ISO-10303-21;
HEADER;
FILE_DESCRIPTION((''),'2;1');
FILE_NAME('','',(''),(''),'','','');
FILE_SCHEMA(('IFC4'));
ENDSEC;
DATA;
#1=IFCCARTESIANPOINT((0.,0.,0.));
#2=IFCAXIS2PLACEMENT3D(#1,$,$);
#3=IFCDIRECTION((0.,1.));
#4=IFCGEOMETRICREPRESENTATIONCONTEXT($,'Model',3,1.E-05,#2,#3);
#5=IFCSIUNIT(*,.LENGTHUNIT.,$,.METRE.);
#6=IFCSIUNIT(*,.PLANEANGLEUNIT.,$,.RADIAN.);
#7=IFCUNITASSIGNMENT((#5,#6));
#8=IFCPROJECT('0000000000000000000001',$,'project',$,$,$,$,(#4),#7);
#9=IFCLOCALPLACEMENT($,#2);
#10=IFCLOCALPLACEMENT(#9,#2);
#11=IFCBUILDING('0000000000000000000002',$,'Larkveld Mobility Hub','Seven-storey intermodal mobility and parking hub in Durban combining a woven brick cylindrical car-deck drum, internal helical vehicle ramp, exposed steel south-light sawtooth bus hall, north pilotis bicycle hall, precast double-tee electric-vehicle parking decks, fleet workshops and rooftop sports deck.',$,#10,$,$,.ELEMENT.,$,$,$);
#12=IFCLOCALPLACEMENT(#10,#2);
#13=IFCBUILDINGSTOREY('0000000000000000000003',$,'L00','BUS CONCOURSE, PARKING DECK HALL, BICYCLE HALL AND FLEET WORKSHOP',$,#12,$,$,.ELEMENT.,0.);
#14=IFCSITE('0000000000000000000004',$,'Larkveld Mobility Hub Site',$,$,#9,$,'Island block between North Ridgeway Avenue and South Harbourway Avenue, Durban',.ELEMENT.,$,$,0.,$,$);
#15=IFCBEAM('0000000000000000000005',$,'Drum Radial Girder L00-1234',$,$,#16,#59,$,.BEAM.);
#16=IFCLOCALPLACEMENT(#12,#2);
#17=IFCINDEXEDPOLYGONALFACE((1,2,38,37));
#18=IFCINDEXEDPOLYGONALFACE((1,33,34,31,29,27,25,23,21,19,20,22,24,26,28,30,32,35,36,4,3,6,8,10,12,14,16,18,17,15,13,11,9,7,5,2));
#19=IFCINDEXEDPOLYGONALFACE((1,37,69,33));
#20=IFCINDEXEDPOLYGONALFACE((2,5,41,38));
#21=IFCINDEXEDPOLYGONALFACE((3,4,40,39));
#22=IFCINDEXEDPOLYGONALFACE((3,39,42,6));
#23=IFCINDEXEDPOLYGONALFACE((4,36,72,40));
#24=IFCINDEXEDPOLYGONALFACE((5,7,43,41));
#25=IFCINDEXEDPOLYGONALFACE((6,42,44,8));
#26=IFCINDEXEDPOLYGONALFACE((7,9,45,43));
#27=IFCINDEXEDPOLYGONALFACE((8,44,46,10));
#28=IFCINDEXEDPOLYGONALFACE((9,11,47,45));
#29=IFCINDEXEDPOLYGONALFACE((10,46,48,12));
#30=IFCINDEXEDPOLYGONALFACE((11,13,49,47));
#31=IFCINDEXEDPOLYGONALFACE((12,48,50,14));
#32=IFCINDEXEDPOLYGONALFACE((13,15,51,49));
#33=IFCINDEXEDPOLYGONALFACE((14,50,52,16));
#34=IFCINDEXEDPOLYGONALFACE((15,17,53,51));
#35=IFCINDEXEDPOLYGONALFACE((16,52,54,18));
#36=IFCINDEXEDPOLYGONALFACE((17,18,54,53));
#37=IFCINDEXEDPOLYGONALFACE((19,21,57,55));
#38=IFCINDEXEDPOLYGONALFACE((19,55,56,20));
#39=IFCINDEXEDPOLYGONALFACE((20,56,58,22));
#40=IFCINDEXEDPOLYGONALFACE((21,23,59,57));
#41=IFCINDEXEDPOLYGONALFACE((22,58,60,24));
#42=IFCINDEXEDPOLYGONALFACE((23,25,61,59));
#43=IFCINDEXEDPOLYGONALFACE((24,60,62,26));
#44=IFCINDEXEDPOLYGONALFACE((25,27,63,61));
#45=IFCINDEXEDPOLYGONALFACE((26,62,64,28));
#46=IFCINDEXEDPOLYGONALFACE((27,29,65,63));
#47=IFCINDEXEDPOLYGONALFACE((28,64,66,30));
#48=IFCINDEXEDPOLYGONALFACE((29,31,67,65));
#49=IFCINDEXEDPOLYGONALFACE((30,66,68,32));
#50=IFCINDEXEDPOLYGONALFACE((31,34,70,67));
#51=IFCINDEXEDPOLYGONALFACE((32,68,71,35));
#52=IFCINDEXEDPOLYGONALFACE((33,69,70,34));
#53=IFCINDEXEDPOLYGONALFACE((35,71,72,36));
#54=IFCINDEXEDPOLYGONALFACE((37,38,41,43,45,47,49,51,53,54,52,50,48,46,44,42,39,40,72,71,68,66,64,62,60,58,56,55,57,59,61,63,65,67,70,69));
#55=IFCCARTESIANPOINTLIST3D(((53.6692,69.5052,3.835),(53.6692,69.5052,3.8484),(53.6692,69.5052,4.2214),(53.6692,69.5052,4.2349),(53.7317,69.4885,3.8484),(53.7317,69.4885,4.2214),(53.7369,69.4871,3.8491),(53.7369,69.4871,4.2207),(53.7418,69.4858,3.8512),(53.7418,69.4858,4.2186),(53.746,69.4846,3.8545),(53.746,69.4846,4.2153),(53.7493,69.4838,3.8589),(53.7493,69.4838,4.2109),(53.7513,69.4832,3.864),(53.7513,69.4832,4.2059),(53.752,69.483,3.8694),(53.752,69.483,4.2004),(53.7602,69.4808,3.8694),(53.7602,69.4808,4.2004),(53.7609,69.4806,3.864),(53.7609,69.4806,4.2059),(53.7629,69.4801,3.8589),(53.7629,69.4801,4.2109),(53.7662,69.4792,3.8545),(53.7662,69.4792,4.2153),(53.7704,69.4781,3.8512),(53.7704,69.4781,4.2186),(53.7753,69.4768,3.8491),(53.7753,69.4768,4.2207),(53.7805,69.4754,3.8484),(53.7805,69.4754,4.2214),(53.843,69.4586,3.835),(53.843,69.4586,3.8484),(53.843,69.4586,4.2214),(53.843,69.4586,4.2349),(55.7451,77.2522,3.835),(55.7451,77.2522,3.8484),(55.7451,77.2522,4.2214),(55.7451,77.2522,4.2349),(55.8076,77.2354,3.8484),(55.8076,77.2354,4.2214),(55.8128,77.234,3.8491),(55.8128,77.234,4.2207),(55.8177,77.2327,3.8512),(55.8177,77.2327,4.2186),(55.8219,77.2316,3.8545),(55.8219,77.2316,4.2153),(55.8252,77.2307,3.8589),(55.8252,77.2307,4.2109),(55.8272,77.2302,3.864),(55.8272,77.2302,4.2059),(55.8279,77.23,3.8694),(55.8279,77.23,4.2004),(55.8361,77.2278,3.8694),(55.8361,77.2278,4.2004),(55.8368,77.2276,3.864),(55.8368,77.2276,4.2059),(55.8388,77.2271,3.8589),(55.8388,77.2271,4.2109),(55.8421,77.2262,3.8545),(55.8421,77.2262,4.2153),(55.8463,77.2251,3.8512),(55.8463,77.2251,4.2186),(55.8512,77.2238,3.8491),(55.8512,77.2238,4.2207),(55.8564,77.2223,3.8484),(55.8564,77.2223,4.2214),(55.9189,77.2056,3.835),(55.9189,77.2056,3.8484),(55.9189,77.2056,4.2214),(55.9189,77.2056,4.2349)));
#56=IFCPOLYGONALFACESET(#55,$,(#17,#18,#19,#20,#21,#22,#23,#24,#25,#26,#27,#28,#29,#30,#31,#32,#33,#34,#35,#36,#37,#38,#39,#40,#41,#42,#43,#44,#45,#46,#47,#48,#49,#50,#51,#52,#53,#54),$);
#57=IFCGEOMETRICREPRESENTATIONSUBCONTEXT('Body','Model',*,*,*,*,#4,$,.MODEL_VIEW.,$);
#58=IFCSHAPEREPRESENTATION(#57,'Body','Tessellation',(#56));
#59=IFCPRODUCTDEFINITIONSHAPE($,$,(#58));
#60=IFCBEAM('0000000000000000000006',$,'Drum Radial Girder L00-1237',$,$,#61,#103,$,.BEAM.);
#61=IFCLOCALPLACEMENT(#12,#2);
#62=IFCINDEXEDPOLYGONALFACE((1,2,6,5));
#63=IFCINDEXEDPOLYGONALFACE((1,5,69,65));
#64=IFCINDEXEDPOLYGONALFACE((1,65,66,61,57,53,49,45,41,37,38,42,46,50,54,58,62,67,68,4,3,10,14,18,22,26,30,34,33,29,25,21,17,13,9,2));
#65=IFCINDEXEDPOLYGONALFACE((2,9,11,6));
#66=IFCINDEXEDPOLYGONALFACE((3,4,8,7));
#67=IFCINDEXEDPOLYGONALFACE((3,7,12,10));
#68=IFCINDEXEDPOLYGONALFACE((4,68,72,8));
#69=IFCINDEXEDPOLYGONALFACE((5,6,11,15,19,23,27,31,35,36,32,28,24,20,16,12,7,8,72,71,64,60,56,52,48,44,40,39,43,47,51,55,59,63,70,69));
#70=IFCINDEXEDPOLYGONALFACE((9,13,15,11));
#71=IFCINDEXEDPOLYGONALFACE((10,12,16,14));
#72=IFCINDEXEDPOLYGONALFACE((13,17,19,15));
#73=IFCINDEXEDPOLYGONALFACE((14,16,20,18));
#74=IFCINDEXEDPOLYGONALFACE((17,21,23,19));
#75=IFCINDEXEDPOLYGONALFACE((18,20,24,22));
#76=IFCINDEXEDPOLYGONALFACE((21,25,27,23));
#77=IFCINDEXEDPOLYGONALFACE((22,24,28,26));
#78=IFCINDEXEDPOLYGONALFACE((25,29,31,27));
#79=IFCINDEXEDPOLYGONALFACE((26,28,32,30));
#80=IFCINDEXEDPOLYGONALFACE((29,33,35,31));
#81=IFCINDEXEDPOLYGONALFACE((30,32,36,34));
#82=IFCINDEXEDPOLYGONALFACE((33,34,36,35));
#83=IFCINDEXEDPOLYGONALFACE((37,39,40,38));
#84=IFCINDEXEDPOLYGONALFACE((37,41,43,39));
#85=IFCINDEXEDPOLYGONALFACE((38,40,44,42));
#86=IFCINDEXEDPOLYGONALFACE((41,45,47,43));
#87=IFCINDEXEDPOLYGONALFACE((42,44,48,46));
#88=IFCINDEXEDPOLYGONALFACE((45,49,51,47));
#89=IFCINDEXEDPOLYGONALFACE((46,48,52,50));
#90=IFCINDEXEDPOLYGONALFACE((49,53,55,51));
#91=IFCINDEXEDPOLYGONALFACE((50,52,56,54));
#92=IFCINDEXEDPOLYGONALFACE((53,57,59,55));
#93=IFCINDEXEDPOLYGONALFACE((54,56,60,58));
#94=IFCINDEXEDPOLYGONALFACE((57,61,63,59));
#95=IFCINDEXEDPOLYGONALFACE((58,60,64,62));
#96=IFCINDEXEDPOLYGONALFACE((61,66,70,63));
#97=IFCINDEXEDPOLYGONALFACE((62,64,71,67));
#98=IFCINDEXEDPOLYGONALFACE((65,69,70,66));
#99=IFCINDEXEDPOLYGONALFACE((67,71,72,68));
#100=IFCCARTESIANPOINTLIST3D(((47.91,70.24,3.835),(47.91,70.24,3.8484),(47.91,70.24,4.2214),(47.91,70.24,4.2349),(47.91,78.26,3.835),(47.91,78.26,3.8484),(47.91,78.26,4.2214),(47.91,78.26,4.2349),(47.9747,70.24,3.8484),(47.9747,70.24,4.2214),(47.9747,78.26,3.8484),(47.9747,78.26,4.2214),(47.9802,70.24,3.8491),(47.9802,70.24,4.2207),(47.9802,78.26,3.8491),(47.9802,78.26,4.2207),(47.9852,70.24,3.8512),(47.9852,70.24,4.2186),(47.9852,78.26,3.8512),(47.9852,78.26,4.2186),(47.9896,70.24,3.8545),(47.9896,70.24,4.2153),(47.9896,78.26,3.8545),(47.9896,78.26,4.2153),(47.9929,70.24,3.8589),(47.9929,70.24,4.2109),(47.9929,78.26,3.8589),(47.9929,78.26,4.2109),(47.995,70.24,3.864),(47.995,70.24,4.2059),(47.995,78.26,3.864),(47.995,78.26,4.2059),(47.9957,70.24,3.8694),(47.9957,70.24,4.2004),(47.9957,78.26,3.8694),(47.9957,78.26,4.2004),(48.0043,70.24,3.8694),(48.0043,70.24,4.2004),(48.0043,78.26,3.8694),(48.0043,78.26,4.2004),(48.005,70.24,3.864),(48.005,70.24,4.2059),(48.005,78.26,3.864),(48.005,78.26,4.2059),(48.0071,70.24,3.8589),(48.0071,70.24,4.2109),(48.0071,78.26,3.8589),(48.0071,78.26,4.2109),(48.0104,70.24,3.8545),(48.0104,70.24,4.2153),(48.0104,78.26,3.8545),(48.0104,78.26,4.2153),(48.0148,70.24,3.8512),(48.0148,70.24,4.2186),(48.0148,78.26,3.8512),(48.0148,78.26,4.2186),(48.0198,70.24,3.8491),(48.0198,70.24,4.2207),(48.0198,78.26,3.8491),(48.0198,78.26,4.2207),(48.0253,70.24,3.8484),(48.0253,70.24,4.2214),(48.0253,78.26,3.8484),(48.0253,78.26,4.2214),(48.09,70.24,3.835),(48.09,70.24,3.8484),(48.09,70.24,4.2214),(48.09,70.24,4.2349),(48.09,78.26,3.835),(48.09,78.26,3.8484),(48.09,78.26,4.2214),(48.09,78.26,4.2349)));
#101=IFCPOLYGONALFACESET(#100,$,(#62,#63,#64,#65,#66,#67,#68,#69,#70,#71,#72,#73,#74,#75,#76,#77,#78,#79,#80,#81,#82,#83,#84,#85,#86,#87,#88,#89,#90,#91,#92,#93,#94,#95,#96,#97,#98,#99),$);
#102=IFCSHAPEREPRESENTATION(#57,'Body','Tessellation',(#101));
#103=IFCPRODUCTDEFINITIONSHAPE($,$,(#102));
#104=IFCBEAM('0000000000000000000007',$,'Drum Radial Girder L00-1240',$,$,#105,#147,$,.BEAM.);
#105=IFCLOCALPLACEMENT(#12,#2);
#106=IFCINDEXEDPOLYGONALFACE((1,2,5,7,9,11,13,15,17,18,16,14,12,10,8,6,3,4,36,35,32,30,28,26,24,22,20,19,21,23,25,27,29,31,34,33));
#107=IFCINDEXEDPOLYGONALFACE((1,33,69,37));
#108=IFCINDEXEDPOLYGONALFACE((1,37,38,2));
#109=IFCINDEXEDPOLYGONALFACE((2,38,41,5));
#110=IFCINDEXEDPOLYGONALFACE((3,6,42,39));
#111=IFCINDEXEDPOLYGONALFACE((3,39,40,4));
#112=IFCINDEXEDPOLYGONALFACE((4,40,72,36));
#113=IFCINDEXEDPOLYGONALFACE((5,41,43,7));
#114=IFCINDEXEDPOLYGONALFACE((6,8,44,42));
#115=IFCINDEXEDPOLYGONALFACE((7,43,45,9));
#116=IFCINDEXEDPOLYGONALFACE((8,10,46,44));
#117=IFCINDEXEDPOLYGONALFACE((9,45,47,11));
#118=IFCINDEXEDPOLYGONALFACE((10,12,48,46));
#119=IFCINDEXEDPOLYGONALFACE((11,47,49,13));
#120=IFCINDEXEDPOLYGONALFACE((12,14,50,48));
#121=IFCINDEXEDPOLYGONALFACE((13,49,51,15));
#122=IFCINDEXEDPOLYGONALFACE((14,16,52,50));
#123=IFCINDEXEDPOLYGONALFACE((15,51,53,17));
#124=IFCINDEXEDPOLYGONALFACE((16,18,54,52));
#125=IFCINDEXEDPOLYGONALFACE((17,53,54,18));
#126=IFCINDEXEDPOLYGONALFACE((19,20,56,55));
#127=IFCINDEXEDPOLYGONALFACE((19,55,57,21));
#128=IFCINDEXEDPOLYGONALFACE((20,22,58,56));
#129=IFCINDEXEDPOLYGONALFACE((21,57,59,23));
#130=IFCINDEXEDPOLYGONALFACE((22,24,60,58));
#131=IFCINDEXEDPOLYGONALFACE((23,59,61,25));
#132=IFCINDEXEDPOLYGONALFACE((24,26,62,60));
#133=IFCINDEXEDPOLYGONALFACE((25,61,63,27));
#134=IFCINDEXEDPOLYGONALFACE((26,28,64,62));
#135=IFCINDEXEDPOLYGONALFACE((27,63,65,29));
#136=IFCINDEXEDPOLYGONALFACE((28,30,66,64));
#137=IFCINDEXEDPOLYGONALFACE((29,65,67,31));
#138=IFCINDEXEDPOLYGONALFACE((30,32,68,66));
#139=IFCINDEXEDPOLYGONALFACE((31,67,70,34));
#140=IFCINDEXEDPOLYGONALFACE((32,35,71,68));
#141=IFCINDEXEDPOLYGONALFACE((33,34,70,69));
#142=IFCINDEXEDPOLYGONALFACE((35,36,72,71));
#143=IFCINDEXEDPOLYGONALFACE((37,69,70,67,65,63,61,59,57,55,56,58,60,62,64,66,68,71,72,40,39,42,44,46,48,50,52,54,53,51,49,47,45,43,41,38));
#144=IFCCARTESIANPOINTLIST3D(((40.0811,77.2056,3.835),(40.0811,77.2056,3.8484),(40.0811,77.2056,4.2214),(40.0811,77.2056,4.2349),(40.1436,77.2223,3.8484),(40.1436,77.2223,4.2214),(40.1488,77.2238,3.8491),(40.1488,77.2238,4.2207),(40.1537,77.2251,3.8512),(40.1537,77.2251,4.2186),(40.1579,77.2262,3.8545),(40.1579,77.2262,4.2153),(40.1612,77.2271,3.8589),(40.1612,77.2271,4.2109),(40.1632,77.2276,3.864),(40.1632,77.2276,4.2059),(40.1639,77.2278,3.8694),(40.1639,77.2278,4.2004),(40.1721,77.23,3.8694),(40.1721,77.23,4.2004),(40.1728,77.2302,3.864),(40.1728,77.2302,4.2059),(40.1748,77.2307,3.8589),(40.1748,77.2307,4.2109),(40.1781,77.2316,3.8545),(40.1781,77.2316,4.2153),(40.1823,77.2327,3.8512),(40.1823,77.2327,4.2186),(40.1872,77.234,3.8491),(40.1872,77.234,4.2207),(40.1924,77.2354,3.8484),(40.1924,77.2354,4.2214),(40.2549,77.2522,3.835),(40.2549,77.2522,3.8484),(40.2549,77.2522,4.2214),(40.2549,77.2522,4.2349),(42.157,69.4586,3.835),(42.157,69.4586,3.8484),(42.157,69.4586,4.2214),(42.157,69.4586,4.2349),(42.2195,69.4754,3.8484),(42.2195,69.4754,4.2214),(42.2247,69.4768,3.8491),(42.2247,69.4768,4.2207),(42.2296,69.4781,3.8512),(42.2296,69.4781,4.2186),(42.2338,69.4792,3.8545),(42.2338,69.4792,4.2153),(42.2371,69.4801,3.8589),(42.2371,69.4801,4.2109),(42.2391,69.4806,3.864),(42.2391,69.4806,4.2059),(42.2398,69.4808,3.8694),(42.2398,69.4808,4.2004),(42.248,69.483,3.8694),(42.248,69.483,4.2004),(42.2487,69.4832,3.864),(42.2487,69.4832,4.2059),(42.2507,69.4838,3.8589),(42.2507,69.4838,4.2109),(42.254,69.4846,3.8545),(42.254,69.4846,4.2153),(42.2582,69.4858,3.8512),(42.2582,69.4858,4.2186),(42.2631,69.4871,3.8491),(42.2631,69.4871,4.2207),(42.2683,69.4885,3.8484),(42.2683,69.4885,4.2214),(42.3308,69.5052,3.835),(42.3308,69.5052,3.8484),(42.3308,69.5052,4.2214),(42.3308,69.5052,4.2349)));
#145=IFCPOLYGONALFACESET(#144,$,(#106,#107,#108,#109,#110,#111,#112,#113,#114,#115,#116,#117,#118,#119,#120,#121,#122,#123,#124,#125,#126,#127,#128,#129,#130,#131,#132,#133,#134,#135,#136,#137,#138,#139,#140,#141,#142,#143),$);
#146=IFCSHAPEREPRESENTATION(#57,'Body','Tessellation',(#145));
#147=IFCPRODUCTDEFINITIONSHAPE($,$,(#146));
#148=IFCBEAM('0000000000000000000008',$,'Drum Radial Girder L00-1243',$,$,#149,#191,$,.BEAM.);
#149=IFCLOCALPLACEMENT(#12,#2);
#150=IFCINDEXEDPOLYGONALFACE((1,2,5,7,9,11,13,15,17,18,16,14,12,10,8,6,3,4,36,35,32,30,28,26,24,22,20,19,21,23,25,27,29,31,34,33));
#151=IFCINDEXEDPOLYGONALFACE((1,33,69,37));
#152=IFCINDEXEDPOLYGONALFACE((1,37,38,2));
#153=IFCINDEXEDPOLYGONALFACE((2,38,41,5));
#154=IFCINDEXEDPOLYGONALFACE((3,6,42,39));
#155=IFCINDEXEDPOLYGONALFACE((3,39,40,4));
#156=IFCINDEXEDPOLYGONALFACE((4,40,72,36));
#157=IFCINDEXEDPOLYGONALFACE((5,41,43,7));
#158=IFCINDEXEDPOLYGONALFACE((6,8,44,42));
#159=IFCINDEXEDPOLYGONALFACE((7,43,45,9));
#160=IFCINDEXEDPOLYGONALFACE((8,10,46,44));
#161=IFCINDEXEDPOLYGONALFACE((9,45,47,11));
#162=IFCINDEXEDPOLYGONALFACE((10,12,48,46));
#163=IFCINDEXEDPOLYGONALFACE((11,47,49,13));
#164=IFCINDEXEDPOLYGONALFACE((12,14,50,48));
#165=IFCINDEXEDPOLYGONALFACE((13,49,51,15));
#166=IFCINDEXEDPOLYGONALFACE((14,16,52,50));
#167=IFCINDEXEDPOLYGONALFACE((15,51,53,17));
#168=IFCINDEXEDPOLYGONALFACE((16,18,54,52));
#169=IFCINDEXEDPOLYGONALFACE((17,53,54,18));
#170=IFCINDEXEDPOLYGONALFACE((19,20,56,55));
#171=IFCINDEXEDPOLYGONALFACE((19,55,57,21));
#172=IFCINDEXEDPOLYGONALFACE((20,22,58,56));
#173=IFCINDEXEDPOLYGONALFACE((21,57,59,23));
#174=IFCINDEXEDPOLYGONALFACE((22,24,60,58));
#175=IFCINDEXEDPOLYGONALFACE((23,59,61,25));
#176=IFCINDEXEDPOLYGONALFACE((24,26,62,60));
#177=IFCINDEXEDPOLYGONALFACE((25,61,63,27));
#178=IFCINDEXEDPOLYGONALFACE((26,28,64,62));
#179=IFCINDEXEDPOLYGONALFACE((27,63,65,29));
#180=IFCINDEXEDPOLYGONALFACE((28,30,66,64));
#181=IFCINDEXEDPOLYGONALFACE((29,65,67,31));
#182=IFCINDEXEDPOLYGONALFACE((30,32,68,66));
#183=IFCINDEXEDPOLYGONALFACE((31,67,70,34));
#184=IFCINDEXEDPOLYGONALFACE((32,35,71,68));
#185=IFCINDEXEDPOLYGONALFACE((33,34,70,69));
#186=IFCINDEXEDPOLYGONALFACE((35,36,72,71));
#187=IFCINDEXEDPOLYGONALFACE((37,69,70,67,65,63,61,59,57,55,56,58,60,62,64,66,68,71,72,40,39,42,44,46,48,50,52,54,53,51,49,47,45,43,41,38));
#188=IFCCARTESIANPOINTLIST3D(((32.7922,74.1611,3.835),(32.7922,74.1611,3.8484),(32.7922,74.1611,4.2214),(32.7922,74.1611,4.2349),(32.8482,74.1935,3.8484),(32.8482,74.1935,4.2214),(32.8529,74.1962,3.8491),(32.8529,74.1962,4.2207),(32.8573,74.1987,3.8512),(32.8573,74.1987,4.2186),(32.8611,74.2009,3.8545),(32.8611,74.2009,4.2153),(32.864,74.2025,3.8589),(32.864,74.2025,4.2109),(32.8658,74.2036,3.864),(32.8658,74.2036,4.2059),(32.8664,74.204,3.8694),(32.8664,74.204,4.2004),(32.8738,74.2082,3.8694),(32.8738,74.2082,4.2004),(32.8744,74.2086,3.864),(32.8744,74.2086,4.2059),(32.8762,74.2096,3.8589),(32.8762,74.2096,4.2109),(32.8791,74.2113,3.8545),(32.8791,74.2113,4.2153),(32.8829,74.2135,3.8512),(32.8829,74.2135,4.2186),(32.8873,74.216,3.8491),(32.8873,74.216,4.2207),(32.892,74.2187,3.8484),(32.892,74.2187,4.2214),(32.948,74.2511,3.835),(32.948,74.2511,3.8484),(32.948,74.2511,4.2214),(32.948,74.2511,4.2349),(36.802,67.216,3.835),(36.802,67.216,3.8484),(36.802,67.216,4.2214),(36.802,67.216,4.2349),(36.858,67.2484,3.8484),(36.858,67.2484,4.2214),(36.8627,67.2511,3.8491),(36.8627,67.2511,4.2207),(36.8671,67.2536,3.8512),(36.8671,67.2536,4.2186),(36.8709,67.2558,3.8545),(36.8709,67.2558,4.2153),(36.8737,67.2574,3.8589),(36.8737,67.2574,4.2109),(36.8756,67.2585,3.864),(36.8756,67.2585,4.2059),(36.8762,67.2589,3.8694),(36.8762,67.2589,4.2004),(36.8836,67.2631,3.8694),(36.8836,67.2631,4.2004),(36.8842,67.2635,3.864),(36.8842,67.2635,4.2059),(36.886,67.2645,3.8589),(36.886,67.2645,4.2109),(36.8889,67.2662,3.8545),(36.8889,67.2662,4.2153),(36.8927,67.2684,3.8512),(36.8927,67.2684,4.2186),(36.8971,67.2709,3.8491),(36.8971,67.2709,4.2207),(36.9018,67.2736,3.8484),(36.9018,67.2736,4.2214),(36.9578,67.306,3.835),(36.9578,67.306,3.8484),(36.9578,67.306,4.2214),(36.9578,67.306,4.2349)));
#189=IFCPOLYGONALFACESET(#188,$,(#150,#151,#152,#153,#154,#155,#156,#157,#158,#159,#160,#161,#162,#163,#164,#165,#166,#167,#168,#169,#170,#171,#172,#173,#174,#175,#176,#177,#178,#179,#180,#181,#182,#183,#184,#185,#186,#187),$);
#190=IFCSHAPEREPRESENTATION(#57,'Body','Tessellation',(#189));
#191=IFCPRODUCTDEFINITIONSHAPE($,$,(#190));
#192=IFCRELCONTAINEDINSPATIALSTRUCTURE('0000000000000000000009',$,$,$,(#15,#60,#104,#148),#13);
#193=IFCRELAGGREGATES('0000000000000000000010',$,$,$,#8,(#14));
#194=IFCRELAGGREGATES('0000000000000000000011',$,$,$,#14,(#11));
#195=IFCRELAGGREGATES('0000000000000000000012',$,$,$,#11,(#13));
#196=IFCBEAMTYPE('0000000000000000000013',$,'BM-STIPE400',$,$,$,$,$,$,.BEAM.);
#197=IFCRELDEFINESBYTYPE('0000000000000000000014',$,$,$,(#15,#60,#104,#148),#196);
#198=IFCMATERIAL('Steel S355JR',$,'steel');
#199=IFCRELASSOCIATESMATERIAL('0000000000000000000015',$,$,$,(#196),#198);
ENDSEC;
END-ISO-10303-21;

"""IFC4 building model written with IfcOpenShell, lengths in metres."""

from ifc_helpers import new_model, si_unit, direction, frame, origin, origin_2d, place, context, subcontext, project, spatial, i_section, extrude, material, material_profile, profile_set, type_object, element, save


model = new_model("IFC4")

# Units and contexts
model_context = context("Model", 3, precision=1e-05, world=origin(), true_north=direction((0.0, 1.0)))
body_context = subcontext(model_context, "Body", "Model", "MODEL_VIEW")
ifc_project = project(units=[si_unit("LENGTHUNIT", "METRE"), si_unit("PLANEANGLEUNIT", "RADIAN")], contexts=[model_context])

# Site, building, storey
site_placement = place(None, origin())
site = spatial("IfcSite", under=ifc_project, at=site_placement, Name="Larkveld Mobility Hub Site", LongName="Island block between North Ridgeway Avenue and South Harbourway Avenue, Durban", CompositionType="ELEMENT", RefElevation=0.0)
building_placement = place(site_placement, origin())
building = spatial("IfcBuilding", under=site, at=building_placement, Name="Larkveld Mobility Hub", Description="Seven-storey intermodal mobility and parking hub in Durban combining a woven brick cylindrical car-deck drum, internal helical vehicle ramp, exposed steel south-light sawtooth bus hall, north pilotis bicycle hall, precast double-tee electric-vehicle parking decks, fleet workshops and rooftop sports deck.", CompositionType="ELEMENT")
storey_placement = place(building_placement, origin())
storey = spatial("IfcBuildingStorey", under=building, at=storey_placement, Name="L00", Description="BUS CONCOURSE, PARKING DECK HALL, BICYCLE HALL AND FLEET WORKSHOP", CompositionType="ELEMENT", Elevation=0.0)

# Beams
ifc_material_1 = material(Name="Steel S355JR", Category="steel")
ifc_material_profile_1 = material_profile(ifc_material_1, i_section(OverallWidth=0.1799, OverallDepth=0.3999, WebThickness=0.0085, FlangeThickness=0.0134, FilletRadius=0.021, at=origin_2d()), Name="IPE 400")
ifc_profile_set_1 = profile_set([ifc_material_profile_1], Name="Steel S355JR")
beam_type_1 = type_object("IfcBeamType", Name="BM-STIPE400", PredefinedType="BEAM", material=ifc_profile_set_1)
beam_1_placement = place(storey_placement, frame((53.7561, 69.4819, 4.0349), z_axis=(0.258831, 0.965923, 0.0), x_axis=(-0.965923, 0.258831, 0.0)))
element("IfcBeam", 1, at=beam_1_placement, inside=storey, type_object=beam_type_1, Name="Drum Radial Girder L00-1234", PredefinedType="BEAM", context=body_context, shape_type="SweptSolid", body=[
    extrude(i_section(OverallWidth=0.1799, OverallDepth=0.3999, WebThickness=0.0085, FlangeThickness=0.0134, FilletRadius=0.021, at=origin_2d()), origin(), (0.0, 0.0, 1.0), 8.0203),
])
beam_2_placement = place(storey_placement, frame((48.0, 70.24, 4.0349), z_axis=(0.0, 1.0, 0.0), x_axis=(-1.0, 0.0, 0.0)))
element("IfcBeam", 2, at=beam_2_placement, inside=storey, type_object=beam_type_1, Name="Drum Radial Girder L00-1237", PredefinedType="BEAM", context=body_context, shape_type="SweptSolid", body=[
    extrude(i_section(OverallWidth=0.1799, OverallDepth=0.3999, WebThickness=0.0085, FlangeThickness=0.0134, FilletRadius=0.021, at=origin_2d()), origin(), (0.0, 0.0, 1.0), 8.02),
])
beam_3_placement = place(storey_placement, frame((42.2439, 69.4819, 4.0349), z_axis=(-0.258831, 0.965923, 0.0), x_axis=(-0.965923, -0.258831, 0.0)))
element("IfcBeam", 3, at=beam_3_placement, inside=storey, type_object=beam_type_1, Name="Drum Radial Girder L00-1240", PredefinedType="BEAM", context=body_context, shape_type="SweptSolid", body=[
    extrude(i_section(OverallWidth=0.1799, OverallDepth=0.3999, WebThickness=0.0085, FlangeThickness=0.0134, FilletRadius=0.021, at=origin_2d()), origin(), (0.0, 0.0, 1.0), 8.0203),
])
beam_4_placement = place(storey_placement, frame((36.8799, 67.261, 4.0349), z_axis=(-0.500003, 0.866024, 0.0), x_axis=(-0.866024, -0.500003, 0.0)))
element("IfcBeam", 4, at=beam_4_placement, inside=storey, type_object=beam_type_1, Name="Drum Radial Girder L00-1243", PredefinedType="BEAM", context=body_context, shape_type="SweptSolid", body=[
    extrude(i_section(OverallWidth=0.1799, OverallDepth=0.3999, WebThickness=0.0085, FlangeThickness=0.0134, FilletRadius=0.021, at=origin_2d()), origin(), (0.0, 0.0, 1.0), 8.0195),
])

save(model, "model.ifc")
